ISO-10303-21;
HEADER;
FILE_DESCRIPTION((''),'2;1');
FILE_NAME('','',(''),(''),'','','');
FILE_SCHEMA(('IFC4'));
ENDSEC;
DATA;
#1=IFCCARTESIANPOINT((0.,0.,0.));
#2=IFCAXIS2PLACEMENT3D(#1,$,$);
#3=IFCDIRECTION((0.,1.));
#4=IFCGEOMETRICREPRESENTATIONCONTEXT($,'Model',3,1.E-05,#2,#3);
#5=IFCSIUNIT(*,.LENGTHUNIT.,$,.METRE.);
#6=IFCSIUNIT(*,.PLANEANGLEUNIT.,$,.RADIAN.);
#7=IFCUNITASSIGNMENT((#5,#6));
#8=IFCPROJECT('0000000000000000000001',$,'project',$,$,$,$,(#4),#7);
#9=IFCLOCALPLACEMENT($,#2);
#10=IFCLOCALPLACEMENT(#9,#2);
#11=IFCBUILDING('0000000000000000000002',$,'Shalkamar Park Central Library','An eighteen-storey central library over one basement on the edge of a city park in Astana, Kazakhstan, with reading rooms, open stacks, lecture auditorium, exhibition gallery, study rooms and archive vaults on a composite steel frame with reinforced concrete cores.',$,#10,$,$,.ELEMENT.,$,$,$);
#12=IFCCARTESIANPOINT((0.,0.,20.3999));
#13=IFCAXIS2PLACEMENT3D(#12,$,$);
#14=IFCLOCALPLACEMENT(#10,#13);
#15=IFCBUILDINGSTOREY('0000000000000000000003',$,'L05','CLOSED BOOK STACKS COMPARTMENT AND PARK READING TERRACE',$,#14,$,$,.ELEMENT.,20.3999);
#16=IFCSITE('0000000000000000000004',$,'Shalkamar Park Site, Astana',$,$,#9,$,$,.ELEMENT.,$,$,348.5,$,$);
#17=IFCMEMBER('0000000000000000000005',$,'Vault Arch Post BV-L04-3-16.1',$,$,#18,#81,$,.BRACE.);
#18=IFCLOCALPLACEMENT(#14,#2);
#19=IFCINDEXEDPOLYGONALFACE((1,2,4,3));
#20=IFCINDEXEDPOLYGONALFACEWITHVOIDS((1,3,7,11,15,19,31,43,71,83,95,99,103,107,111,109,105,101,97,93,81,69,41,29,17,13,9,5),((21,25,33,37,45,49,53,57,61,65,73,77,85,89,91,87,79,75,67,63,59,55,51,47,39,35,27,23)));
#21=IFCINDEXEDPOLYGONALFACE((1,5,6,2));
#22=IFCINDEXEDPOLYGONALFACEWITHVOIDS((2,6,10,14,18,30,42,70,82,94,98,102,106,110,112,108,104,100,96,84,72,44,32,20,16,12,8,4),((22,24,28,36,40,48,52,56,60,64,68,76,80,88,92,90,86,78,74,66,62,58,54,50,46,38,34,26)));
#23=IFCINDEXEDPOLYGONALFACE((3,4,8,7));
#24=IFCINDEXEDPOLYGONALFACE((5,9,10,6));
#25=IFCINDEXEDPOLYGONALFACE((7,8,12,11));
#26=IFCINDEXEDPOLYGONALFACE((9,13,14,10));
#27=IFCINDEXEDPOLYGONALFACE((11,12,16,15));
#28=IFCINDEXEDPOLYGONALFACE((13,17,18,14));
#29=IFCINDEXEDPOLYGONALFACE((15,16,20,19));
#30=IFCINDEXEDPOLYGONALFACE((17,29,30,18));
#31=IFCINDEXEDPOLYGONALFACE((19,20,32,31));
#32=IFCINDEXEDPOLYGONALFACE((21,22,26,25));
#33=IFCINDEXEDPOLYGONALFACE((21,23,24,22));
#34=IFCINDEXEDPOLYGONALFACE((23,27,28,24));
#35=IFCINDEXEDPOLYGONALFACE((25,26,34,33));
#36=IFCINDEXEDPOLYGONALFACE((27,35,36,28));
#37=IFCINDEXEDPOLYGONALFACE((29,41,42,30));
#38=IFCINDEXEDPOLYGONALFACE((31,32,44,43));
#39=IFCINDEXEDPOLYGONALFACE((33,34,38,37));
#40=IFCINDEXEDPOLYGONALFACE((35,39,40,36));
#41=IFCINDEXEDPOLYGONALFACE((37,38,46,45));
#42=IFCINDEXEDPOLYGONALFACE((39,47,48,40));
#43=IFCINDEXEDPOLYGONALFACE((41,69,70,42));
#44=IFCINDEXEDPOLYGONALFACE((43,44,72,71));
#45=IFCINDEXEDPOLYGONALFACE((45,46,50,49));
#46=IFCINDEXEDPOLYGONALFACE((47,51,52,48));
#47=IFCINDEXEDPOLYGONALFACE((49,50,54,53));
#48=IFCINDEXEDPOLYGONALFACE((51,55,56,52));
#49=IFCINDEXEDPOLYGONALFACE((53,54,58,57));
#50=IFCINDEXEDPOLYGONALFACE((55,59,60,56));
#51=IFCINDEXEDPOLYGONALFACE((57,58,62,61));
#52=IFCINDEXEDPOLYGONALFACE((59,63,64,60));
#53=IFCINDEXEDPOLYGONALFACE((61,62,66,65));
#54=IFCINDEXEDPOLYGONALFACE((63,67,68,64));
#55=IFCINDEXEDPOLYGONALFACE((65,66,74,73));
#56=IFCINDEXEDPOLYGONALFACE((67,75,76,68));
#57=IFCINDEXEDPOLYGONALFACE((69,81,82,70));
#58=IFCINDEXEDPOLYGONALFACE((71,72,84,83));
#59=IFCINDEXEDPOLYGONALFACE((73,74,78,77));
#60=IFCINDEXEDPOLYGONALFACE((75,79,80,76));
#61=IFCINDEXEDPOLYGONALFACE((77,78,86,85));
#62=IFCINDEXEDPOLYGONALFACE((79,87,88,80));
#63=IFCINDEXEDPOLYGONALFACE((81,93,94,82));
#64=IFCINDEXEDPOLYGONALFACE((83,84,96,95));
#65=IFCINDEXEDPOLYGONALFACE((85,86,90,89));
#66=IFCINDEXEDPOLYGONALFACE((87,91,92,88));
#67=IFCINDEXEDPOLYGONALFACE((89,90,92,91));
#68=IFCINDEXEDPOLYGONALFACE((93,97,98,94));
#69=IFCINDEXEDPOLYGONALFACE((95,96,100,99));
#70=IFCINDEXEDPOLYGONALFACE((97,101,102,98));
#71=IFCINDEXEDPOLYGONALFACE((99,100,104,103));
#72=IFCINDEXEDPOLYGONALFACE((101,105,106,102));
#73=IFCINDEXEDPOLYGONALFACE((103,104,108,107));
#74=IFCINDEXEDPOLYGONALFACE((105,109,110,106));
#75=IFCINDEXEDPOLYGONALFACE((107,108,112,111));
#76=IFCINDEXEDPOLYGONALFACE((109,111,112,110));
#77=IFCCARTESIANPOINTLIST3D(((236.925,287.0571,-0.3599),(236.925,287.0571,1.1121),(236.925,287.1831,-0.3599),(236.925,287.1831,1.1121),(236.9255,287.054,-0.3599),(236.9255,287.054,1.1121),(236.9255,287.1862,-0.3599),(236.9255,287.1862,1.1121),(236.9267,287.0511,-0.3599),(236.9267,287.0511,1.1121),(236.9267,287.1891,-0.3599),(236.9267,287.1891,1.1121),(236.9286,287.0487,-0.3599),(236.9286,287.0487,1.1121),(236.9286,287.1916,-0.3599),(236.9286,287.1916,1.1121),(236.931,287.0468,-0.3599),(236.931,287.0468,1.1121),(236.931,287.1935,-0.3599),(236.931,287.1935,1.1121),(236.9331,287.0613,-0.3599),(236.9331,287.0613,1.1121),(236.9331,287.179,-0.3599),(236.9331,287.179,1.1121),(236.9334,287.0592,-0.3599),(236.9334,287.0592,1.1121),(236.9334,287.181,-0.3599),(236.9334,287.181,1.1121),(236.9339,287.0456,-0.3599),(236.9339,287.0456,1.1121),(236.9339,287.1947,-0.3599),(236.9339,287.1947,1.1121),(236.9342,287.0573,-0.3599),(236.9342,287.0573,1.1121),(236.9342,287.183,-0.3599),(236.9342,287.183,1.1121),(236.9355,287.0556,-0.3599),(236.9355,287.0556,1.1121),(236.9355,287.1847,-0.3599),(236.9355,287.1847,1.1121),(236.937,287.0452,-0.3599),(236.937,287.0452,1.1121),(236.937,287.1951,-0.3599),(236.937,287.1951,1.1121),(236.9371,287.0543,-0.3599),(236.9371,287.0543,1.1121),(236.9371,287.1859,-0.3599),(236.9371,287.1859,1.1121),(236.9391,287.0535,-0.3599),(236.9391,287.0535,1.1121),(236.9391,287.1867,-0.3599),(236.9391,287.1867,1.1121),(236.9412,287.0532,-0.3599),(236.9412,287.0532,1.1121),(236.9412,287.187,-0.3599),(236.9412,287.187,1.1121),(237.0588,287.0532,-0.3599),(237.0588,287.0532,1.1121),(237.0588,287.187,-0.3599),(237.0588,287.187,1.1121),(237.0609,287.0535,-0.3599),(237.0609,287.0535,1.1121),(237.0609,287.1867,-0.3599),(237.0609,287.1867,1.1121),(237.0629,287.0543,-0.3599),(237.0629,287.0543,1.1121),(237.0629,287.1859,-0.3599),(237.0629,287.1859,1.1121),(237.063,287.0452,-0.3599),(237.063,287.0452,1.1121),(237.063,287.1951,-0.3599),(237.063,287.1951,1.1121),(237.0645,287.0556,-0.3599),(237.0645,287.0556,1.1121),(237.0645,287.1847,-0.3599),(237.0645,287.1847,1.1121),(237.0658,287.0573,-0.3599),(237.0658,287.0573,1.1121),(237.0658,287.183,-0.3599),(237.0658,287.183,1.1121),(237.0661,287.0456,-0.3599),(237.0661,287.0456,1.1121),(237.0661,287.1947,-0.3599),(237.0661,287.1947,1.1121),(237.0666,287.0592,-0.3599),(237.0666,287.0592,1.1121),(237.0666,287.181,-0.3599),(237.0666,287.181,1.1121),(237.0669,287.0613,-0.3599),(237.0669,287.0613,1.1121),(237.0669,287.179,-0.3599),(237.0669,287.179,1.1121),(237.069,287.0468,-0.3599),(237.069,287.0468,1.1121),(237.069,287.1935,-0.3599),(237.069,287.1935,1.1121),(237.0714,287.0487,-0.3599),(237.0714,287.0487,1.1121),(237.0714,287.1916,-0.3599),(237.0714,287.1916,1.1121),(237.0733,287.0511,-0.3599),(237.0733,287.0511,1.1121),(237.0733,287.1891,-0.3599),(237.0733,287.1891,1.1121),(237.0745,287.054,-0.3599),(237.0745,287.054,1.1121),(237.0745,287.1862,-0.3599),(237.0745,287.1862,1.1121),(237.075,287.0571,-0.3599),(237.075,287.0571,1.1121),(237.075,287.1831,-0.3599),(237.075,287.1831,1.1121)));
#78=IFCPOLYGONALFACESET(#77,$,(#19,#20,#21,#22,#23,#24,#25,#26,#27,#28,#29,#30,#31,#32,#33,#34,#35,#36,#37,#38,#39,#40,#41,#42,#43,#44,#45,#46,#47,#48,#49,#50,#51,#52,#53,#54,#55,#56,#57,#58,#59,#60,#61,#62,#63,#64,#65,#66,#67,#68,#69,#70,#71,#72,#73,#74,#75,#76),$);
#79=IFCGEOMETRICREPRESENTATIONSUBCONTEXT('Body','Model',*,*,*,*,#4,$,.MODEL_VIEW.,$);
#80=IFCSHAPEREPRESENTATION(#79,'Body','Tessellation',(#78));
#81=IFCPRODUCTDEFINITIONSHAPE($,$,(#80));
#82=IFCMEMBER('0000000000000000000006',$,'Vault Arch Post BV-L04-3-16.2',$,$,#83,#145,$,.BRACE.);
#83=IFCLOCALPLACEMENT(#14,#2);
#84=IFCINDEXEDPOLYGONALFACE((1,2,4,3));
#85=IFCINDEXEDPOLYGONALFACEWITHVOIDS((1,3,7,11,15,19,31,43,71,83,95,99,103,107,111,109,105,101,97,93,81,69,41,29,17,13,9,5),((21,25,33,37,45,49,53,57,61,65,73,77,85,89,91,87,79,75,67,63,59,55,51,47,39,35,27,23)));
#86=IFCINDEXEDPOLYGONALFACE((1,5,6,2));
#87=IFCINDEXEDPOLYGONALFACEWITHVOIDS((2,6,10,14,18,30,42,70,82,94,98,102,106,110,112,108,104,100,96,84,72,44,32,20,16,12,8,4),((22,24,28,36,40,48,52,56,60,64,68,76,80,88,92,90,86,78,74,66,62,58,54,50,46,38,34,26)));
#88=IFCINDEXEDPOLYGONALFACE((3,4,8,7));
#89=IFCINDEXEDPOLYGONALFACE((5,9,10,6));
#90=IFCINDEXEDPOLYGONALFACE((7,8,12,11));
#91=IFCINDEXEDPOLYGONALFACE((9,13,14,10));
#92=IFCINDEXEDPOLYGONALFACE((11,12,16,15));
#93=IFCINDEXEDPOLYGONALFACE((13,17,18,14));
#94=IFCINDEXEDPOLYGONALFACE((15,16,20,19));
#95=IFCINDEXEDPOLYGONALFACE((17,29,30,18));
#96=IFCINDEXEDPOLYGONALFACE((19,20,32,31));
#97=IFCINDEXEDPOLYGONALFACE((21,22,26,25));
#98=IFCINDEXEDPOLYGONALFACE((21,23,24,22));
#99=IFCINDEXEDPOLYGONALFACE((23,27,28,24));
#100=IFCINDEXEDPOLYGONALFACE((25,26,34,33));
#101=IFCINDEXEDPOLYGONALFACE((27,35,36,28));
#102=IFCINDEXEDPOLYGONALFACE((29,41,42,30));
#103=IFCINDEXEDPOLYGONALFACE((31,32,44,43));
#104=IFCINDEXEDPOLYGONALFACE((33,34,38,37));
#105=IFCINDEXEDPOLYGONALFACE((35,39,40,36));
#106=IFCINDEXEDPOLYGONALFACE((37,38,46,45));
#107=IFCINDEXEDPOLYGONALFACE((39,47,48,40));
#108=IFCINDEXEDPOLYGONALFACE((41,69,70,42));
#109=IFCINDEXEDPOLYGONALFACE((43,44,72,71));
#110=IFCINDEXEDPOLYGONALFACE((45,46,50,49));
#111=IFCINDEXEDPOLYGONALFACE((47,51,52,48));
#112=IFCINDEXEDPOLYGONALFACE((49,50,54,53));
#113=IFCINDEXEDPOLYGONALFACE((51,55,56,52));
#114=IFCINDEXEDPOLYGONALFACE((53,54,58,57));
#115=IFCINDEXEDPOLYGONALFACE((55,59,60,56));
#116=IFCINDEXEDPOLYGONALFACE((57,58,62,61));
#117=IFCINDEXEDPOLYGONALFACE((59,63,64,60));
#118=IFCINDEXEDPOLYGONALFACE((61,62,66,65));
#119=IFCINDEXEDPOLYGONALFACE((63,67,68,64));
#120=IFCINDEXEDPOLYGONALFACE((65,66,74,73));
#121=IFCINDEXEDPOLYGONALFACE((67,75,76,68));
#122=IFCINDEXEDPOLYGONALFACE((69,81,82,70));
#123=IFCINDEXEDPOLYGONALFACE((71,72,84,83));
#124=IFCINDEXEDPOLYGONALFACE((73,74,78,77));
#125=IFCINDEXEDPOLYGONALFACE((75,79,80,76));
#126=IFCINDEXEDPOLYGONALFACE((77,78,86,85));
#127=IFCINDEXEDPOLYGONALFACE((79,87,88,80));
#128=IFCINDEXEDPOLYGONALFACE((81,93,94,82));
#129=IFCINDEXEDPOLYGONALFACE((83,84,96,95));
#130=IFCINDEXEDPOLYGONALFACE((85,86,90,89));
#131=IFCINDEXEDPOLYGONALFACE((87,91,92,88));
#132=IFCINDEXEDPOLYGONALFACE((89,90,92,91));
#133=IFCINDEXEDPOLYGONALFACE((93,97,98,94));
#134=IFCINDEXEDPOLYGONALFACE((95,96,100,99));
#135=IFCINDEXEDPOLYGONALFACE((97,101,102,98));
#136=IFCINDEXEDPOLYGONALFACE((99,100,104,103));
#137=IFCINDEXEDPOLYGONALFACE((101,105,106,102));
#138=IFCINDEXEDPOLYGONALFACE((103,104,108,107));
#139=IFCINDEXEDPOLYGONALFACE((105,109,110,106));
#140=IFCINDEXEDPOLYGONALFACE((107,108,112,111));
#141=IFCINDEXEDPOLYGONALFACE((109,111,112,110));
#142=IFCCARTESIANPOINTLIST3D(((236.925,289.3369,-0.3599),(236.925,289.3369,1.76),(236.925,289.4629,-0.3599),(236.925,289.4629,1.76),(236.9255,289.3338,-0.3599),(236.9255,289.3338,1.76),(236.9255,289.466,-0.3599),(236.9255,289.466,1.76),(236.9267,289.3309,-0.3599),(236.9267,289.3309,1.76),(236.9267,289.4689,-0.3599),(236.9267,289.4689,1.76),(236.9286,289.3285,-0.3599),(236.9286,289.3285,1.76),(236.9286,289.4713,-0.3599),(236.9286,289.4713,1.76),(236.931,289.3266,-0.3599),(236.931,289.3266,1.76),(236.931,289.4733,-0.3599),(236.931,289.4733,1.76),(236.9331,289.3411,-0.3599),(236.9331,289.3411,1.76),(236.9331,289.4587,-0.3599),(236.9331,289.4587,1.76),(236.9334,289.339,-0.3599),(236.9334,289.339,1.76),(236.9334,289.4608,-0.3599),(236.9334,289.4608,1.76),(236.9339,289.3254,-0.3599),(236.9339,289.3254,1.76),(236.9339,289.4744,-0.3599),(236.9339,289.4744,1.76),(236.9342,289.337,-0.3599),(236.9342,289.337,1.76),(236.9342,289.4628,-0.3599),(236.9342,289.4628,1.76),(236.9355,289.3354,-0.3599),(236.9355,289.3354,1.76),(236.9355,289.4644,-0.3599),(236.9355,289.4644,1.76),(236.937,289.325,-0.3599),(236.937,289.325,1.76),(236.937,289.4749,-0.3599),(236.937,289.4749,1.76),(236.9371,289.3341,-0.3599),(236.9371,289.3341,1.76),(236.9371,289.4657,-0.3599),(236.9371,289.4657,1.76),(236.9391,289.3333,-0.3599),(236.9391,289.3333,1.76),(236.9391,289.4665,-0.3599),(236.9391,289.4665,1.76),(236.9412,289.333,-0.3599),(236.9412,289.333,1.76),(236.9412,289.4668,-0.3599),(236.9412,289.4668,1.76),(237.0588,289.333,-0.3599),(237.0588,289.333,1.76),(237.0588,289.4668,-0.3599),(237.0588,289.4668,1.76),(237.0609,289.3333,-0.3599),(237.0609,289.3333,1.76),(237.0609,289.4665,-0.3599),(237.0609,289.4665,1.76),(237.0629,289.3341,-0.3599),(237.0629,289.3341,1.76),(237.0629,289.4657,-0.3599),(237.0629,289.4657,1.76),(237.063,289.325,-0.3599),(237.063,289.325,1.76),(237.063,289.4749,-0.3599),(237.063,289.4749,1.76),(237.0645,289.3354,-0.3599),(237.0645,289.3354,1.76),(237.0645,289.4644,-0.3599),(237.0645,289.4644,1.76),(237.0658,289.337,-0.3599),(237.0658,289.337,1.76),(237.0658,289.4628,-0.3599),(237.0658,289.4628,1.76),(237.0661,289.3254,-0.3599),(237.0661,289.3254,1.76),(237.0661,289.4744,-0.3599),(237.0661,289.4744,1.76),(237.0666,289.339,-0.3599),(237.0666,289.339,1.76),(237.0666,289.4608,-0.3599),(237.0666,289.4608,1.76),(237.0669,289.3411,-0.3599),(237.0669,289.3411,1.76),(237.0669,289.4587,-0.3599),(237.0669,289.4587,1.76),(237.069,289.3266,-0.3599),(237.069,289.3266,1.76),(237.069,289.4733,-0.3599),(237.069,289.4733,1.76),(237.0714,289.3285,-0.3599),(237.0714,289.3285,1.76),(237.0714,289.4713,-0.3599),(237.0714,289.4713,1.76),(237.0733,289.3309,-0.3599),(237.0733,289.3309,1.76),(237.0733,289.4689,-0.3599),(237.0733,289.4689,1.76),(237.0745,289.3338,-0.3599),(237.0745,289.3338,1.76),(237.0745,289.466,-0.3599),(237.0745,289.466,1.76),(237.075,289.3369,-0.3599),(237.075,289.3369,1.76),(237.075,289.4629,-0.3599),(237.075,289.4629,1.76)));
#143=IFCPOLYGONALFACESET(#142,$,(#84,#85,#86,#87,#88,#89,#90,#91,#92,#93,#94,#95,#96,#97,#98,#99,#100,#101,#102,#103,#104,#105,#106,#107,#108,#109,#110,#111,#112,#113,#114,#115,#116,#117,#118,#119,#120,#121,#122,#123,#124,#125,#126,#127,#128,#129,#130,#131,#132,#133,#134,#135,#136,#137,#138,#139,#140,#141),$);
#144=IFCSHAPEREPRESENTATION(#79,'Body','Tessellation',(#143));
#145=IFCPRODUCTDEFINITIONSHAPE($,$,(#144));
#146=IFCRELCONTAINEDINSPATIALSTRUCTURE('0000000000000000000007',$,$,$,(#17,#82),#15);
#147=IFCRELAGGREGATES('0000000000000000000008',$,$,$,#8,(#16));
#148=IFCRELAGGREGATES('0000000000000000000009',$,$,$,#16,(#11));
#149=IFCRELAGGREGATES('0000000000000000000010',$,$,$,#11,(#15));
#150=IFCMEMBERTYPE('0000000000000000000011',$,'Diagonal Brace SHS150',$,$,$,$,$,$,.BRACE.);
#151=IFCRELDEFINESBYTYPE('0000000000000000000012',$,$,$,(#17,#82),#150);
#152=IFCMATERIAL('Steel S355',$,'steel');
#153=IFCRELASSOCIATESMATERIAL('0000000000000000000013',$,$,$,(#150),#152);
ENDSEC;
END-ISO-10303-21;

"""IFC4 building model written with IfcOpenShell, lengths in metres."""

from ifc_helpers import new_model, si_unit, direction, frame, origin, origin_2d, place, context, subcontext, project, spatial, hollow_rectangle, extrude, material, material_profile, profile_set, type_object, element, save


model = new_model("IFC4")

# Units and contexts
model_context = context("Model", 3, precision=1e-05, world=origin(), true_north=direction((0.0, 1.0)))
body_context = subcontext(model_context, "Body", "Model", "MODEL_VIEW")
ifc_project = project(units=[si_unit("LENGTHUNIT", "METRE"), si_unit("PLANEANGLEUNIT", "RADIAN")], contexts=[model_context])

# Site, building, storey
site_placement = place(None, origin())
site = spatial("IfcSite", under=ifc_project, at=site_placement, Name="Shalkamar Park Site, Astana", CompositionType="ELEMENT", RefElevation=348.5)
building_placement = place(site_placement, origin())
building = spatial("IfcBuilding", under=site, at=building_placement, Name="Shalkamar Park Central Library", Description="An eighteen-storey central library over one basement on the edge of a city park in Astana, Kazakhstan, with reading rooms, open stacks, lecture auditorium, exhibition gallery, study rooms and archive vaults on a composite steel frame with reinforced concrete cores.", CompositionType="ELEMENT")
storey_placement = place(building_placement, frame((0.0, 0.0, 20.3999)))
storey = spatial("IfcBuildingStorey", under=building, at=storey_placement, Name="L05", Description="CLOSED BOOK STACKS COMPARTMENT AND PARK READING TERRACE", CompositionType="ELEMENT", Elevation=20.3999)

# Members
ifc_material = material(Name="Steel S355", Category="steel")
ifc_material_profile_1 = material_profile(ifc_material, hollow_rectangle(XDim=0.1499, YDim=0.1499, WallThickness=0.0081, InnerFilletRadius=0.0081, OuterFilletRadius=0.012, at=origin_2d()), Name="SHS 150x150x8")
ifc_profile_set_1 = profile_set([ifc_material_profile_1], Name="Steel S355")
member_type_1 = type_object("IfcMemberType", Name="Diagonal Brace SHS150", PredefinedType="BRACE", material=ifc_profile_set_1)
for number, where, z_axis, x_axis, name in (
    (1, (237.0, 287.1201, -0.3599), (0.0, 0.0, 1.0), (1.0, 0.0, 0.0), "Vault Arch Post BV-L04-3-16.1"),
):
    element("IfcMember", number, at=place(storey_placement, frame(where, z_axis=z_axis, x_axis=x_axis)), inside=storey, type_object=member_type_1, Name=name, PredefinedType="BRACE", context=body_context, shape_type="SweptSolid", body=[
        extrude(hollow_rectangle(XDim=0.1499, YDim=0.1499, WallThickness=0.0081, InnerFilletRadius=0.0081, OuterFilletRadius=0.012, at=origin_2d()), origin(), (0.0, 0.0, 1.0), 1.4719),
    ])
member_1_placement = place(storey_placement, frame((237.0, 289.3999, -0.3599), z_axis=(0.0, 0.0, 1.0), x_axis=(1.0, 0.0, 0.0)))
element("IfcMember", 2, at=member_1_placement, inside=storey, type_object=member_type_1, Name="Vault Arch Post BV-L04-3-16.2", PredefinedType="BRACE", context=body_context, shape_type="SweptSolid", body=[
    extrude(hollow_rectangle(XDim=0.1499, YDim=0.1499, WallThickness=0.0081, InnerFilletRadius=0.0081, OuterFilletRadius=0.012, at=origin_2d()), origin(), (0.0, 0.0, 1.0), 2.1199),
])

save(model, "model.ifc")
